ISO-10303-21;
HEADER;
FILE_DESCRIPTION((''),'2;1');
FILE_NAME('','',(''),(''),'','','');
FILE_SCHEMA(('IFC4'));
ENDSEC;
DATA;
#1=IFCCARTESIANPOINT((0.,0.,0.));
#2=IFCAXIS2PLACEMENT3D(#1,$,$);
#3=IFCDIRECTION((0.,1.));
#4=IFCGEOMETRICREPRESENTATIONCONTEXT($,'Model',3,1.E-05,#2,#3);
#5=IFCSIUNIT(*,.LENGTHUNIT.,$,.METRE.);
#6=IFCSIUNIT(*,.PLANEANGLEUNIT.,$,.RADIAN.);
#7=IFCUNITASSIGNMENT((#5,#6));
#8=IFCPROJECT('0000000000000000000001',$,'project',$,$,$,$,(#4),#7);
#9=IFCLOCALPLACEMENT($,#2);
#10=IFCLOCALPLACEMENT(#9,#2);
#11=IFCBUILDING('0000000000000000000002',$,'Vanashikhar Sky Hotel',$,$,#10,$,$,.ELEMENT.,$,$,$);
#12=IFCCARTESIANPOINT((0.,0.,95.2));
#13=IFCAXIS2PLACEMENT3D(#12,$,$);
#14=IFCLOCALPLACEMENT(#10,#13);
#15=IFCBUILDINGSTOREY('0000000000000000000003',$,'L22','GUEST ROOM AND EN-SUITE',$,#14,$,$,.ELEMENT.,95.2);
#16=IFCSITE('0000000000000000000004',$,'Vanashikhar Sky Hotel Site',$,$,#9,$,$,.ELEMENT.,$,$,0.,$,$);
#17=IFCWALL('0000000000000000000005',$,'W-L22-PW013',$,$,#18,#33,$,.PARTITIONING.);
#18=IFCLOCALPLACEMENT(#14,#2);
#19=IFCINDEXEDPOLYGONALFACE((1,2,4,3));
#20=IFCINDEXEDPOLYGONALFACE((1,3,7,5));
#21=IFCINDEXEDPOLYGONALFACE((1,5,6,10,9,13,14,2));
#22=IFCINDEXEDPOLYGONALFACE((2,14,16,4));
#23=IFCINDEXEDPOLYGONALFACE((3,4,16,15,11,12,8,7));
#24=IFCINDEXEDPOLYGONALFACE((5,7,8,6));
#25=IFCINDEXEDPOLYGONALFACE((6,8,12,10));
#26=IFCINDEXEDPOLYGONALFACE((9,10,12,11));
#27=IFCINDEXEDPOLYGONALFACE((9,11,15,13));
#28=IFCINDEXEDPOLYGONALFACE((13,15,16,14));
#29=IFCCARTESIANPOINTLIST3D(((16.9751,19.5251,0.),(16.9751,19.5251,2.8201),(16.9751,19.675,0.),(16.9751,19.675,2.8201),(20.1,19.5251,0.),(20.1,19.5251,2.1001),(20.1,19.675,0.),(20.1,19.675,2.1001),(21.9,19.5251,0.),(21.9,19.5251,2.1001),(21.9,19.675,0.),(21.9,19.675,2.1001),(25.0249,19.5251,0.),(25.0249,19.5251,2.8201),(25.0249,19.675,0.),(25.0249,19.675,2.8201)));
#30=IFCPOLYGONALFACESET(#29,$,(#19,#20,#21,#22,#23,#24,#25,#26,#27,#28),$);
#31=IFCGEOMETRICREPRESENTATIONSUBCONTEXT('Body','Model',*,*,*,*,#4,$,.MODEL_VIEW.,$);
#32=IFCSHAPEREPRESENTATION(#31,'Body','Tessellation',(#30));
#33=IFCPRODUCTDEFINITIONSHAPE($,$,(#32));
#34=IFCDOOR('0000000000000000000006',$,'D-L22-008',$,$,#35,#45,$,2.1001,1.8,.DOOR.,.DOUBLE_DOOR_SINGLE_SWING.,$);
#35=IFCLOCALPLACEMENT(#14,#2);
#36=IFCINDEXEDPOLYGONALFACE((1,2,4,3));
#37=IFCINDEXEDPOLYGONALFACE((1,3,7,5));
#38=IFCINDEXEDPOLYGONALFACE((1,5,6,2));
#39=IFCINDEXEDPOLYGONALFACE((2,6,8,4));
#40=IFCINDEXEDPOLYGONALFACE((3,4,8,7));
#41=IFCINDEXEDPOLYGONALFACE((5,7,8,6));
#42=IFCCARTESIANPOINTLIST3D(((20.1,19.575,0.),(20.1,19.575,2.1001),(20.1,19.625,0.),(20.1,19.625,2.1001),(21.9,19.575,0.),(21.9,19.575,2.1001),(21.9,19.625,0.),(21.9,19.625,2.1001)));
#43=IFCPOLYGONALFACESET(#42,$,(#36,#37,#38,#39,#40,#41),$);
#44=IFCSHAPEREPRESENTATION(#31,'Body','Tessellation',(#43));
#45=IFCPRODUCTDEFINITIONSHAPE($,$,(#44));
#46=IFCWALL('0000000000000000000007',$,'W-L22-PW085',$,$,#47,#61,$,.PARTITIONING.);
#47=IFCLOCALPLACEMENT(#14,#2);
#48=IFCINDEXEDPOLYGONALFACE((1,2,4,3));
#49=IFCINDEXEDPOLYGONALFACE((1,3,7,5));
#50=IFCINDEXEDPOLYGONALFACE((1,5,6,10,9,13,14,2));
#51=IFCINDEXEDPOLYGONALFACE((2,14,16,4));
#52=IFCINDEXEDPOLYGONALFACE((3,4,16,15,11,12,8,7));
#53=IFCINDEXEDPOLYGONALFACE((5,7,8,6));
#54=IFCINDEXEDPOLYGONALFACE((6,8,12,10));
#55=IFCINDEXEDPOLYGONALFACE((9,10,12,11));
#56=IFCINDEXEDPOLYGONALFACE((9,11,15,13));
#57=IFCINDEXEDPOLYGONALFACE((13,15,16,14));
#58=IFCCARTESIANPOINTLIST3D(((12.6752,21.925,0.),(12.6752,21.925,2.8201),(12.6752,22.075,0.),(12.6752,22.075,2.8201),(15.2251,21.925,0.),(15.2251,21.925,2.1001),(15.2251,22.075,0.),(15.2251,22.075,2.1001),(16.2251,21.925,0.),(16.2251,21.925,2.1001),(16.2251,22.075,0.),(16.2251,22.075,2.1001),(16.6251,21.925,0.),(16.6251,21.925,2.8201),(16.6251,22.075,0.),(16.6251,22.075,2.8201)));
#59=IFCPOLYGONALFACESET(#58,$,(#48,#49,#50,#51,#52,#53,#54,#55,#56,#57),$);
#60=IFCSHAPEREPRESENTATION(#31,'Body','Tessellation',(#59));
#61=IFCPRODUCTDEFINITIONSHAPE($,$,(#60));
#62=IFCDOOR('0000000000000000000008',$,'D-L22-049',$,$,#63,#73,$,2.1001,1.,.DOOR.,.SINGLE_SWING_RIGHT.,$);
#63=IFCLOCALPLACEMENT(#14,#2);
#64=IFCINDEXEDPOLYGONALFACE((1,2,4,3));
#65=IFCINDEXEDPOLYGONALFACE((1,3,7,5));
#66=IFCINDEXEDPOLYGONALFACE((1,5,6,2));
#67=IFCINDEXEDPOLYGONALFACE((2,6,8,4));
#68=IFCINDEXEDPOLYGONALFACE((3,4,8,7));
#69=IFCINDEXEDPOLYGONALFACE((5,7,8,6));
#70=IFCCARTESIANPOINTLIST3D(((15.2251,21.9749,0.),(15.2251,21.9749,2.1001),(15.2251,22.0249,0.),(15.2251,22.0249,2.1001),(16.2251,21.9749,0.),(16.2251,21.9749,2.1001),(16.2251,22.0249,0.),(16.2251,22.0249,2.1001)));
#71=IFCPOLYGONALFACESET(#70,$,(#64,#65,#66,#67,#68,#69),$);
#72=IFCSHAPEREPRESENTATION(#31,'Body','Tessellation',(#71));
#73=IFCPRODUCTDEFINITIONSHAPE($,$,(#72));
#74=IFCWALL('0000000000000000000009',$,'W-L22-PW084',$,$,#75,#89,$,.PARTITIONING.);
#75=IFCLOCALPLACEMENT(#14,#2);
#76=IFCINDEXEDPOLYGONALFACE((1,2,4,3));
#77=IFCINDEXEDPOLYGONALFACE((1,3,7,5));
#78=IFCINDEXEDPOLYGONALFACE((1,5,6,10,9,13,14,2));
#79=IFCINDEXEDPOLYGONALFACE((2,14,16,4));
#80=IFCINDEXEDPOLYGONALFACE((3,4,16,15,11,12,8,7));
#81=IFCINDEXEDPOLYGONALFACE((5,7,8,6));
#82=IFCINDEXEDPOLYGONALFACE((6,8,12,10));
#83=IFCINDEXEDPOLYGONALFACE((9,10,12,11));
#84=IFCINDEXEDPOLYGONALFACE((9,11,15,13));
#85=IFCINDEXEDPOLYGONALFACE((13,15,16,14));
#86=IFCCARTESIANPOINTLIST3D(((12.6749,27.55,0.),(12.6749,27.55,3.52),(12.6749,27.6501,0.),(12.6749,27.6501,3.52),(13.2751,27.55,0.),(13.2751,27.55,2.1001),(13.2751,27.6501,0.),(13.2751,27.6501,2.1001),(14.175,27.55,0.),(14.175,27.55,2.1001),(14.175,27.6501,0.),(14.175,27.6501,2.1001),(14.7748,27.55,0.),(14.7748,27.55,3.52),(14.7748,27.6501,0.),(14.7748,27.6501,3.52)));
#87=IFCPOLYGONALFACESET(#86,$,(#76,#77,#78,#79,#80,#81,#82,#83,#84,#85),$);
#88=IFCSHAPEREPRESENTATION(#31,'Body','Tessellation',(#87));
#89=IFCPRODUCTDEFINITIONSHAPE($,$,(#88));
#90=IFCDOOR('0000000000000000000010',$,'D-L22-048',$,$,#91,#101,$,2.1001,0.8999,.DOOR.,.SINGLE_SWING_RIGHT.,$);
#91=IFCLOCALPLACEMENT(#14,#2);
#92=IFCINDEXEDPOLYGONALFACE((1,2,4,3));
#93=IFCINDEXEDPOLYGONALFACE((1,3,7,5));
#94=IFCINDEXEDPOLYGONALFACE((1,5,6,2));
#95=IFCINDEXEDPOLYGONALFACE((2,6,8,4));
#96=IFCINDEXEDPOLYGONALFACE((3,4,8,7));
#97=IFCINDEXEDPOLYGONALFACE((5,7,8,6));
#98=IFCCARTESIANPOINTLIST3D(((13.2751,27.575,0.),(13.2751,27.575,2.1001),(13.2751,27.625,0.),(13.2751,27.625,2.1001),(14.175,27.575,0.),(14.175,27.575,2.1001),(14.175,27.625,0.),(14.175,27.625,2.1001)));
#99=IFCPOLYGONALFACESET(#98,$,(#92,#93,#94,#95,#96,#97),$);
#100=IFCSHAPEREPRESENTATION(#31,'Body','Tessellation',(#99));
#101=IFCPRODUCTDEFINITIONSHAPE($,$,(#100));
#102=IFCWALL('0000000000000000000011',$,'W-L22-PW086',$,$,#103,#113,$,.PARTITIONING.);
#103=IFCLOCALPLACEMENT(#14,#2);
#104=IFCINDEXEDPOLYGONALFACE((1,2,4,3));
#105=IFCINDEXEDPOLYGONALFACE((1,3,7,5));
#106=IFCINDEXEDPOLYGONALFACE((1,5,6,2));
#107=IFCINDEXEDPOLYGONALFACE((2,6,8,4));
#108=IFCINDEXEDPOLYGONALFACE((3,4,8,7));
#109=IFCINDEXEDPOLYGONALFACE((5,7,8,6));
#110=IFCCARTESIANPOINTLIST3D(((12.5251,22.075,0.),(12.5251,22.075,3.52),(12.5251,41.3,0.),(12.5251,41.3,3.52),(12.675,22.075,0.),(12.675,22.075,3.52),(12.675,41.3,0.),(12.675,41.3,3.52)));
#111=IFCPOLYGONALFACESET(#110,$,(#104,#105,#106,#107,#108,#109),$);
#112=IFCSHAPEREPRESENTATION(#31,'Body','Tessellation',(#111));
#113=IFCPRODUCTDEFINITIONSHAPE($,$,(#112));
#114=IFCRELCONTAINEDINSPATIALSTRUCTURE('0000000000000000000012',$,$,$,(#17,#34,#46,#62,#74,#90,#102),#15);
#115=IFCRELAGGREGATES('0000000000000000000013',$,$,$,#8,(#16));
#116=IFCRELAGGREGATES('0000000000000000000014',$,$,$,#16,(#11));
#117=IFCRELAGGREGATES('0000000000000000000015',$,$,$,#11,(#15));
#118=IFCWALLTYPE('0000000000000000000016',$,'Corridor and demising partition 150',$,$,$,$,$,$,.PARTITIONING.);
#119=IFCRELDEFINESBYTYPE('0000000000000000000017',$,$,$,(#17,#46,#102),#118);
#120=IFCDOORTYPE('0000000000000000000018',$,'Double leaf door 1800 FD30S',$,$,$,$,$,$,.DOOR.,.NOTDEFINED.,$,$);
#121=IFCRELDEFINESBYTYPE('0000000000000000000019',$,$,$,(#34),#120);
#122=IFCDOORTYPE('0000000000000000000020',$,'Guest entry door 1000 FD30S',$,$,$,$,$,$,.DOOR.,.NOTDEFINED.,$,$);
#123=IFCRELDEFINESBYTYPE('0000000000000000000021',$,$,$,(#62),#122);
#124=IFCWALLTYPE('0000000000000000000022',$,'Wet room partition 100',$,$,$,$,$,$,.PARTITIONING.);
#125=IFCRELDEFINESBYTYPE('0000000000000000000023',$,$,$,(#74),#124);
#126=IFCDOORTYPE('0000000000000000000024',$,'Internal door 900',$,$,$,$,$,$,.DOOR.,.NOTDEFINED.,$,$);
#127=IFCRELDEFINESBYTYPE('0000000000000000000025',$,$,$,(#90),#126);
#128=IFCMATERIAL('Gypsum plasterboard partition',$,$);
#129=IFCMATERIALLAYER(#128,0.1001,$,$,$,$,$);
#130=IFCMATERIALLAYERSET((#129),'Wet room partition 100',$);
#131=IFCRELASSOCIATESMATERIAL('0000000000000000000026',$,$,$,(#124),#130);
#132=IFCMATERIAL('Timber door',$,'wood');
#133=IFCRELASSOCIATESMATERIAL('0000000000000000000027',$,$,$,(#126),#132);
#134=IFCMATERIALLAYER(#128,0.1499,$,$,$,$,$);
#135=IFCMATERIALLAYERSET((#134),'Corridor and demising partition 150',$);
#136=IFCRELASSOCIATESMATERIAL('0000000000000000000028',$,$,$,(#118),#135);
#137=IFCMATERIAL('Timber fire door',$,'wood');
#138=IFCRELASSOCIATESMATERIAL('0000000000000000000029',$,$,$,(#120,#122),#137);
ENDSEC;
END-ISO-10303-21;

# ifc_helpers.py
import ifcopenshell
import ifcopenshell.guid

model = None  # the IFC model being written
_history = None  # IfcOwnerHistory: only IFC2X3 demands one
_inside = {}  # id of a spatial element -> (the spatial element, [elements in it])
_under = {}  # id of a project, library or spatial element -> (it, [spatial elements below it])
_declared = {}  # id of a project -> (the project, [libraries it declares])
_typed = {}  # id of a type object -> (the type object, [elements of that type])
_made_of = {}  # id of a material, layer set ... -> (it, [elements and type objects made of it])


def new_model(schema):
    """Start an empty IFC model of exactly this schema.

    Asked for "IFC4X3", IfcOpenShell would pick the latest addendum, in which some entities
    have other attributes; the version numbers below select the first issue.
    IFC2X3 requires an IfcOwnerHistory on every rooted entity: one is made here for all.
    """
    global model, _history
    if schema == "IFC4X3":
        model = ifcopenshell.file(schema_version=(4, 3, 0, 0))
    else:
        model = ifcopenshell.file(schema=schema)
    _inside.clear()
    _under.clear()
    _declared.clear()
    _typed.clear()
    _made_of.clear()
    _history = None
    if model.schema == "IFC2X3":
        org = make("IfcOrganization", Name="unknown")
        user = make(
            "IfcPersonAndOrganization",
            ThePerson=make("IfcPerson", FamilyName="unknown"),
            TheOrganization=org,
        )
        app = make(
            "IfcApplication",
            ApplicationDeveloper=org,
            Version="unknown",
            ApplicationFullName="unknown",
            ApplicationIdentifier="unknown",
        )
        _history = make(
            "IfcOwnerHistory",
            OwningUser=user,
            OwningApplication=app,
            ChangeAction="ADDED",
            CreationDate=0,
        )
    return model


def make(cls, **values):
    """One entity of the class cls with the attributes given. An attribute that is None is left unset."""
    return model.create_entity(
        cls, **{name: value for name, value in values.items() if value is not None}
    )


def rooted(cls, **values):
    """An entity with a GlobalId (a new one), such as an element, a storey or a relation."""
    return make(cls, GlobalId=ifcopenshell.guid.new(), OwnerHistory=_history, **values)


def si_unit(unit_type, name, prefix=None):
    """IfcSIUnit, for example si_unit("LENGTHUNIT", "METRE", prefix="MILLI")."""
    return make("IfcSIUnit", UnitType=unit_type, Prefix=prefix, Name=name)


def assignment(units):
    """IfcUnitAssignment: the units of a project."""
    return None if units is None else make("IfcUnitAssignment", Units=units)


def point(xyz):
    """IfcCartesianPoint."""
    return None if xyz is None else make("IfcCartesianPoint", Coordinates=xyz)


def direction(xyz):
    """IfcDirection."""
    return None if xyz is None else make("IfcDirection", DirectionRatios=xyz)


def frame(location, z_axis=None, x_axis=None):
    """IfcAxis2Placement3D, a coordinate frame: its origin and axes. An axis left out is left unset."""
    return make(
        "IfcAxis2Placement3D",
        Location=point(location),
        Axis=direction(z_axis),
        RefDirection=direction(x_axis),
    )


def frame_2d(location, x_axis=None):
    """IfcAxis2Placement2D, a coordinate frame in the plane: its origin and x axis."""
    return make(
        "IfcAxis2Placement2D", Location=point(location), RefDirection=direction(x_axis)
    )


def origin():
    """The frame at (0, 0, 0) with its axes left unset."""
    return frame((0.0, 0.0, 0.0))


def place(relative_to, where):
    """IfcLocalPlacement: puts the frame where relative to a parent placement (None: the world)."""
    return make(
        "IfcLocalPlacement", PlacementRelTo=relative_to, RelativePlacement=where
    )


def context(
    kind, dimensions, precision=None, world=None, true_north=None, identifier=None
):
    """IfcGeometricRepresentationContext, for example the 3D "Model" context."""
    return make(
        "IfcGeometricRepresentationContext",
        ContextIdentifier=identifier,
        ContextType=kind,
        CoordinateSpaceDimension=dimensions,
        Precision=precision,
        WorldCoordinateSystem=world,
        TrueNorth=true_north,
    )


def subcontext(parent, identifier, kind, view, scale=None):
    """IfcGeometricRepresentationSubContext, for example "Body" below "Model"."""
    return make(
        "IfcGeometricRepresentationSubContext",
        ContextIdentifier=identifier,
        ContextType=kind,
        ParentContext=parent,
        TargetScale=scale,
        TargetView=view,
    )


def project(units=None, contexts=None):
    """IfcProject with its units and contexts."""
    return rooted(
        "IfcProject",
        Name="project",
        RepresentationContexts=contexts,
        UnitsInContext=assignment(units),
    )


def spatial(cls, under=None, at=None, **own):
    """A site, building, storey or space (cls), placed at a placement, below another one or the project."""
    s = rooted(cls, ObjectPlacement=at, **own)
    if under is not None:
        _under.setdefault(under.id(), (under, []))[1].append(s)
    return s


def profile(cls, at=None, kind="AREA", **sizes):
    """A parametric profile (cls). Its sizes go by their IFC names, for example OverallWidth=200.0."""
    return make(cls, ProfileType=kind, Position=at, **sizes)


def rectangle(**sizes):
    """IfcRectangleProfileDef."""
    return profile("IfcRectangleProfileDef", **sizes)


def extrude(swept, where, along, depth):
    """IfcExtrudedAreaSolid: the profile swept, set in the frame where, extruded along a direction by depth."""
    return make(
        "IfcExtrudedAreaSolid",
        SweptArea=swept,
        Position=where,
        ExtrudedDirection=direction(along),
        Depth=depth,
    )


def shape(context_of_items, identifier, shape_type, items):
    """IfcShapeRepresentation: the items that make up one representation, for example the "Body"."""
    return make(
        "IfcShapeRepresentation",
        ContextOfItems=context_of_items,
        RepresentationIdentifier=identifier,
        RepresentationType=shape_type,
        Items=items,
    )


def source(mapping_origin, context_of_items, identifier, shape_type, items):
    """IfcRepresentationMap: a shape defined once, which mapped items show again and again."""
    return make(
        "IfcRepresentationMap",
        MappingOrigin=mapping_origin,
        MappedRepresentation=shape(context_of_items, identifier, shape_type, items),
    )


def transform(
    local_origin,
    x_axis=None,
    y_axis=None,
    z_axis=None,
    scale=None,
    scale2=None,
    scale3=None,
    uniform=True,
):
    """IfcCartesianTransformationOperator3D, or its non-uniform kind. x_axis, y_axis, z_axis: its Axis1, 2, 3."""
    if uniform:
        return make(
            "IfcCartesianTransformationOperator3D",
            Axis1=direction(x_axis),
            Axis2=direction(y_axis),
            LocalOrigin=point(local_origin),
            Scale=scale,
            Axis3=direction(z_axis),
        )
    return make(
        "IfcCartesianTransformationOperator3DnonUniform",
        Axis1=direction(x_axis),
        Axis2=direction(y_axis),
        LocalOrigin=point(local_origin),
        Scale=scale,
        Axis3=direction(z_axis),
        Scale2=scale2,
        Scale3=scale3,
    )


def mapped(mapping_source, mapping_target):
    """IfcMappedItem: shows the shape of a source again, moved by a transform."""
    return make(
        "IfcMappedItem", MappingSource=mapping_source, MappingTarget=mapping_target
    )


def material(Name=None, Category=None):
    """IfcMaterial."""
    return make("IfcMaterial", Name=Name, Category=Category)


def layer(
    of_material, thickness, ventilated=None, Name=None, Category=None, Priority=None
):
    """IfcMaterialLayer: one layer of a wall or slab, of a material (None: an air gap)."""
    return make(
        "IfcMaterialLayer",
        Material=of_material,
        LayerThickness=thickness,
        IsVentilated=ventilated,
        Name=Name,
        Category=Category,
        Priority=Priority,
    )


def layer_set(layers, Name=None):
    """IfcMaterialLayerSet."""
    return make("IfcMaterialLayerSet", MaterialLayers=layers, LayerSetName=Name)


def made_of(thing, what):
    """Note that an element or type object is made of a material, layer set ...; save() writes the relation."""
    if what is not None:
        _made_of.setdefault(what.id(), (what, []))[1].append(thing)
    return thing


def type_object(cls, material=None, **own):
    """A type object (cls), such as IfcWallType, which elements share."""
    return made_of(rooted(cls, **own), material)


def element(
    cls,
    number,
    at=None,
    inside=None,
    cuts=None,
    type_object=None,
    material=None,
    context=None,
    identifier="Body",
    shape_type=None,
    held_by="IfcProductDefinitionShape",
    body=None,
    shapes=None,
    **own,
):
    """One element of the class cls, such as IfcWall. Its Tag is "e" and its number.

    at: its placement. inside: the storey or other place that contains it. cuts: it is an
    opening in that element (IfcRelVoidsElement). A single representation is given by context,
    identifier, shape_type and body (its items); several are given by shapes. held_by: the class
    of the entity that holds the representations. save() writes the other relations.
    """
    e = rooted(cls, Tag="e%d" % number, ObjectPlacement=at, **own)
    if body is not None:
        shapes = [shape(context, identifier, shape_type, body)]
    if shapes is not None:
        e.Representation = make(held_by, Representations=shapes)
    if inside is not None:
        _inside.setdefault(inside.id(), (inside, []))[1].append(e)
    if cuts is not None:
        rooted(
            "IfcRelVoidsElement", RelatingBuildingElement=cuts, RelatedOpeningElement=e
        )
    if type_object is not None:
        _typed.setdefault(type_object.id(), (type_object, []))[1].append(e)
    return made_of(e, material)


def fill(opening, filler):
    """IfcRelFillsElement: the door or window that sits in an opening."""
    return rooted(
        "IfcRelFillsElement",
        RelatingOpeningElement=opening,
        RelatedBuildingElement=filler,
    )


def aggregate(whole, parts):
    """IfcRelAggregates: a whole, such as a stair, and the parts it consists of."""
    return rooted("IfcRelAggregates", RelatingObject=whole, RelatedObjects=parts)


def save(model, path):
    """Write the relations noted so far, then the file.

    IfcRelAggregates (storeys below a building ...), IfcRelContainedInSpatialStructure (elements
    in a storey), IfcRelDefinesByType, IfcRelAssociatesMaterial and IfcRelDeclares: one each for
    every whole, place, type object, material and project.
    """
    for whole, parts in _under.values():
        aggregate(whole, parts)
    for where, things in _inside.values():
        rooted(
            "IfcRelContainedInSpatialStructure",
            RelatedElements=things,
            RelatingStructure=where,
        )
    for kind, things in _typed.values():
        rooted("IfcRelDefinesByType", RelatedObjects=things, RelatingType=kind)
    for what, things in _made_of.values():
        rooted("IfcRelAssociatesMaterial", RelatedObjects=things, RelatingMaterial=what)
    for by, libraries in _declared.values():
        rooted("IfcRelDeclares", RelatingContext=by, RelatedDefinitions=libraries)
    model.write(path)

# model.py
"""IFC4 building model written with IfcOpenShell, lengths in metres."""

from ifc_helpers import new_model, si_unit, direction, frame, frame_2d, origin, place, context, subcontext, project, spatial, rectangle, extrude, source, transform, mapped, material, layer, layer_set, type_object, element, fill, save


model = new_model("IFC4")

# Units and contexts
model_context = context("Model", 3, precision=1e-05, world=origin(), true_north=direction((0.0, 1.0)))
body_context = subcontext(model_context, "Body", "Model", "MODEL_VIEW")
ifc_project = project(units=[si_unit("LENGTHUNIT", "METRE"), si_unit("PLANEANGLEUNIT", "RADIAN")], contexts=[model_context])

# Site, building, storey
site_placement = place(None, origin())
site = spatial("IfcSite", under=ifc_project, at=site_placement, Name="Vanashikhar Sky Hotel Site", CompositionType="ELEMENT", RefElevation=0.0)
building_placement = place(site_placement, origin())
building = spatial("IfcBuilding", under=site, at=building_placement, Name="Vanashikhar Sky Hotel", CompositionType="ELEMENT")
storey_placement = place(building_placement, frame((0.0, 0.0, 95.2)))
storey = spatial("IfcBuildingStorey", under=building, at=storey_placement, Name="L22", Description="GUEST ROOM AND EN-SUITE", CompositionType="ELEMENT", Elevation=95.2)

# Shared definitions
ifc_material_1 = material(Name="Gypsum plasterboard partition")
ifc_layer_1 = layer(ifc_material_1, 0.1001)
ifc_layer_set_1 = layer_set([ifc_layer_1], Name="Wet room partition 100")
wall_type_1 = type_object("IfcWallType", Name="Wet room partition 100", PredefinedType="PARTITIONING", material=ifc_layer_set_1)

# Walls, openings, doors
shared_shape_1 = source(origin(), body_context, "Body", "SweptSolid", [
    extrude(rectangle(XDim=0.8999, YDim=2.1001, at=frame_2d((0.45, 1.05))), frame((0.0, 0.0601, 0.0), z_axis=(0.0, -1.0, 0.0), x_axis=(1.0, 0.0, 0.0)), (0.0, 0.0, 1.0), 0.1201),
])
ifc_material_2 = material(Name="Timber door", Category="wood")
door_type_1 = type_object("IfcDoorType", Name="Internal door 900", OperationType="NOTDEFINED", PredefinedType="DOOR", material=ifc_material_2)
shared_shape_2 = source(origin(), body_context, "Body", "SweptSolid", [
    extrude(rectangle(XDim=0.8999, YDim=2.1001, at=frame_2d((0.45, 1.05))), frame((0.0, 0.0249, 0.0), z_axis=(0.0, -1.0, 0.0), x_axis=(1.0, 0.0, 0.0)), (0.0, 0.0, 1.0), 0.05),
])
ifc_layer_2 = layer(ifc_material_1, 0.1499)
ifc_layer_set_2 = layer_set([ifc_layer_2], Name="Corridor and demising partition 150")
wall_type_2 = type_object("IfcWallType", Name="Corridor and demising partition 150", PredefinedType="PARTITIONING", material=ifc_layer_set_2)
shared_shape_3 = source(origin(), body_context, "Body", "SweptSolid", [
    extrude(rectangle(XDim=8.0498, YDim=0.1499, at=frame_2d((4.0249, 0.0))), origin(), (0.0, 0.0, 1.0), 2.8201),
])
wall_1_placement = place(storey_placement, frame((16.9751, 19.6001, 0.0), z_axis=(0.0, 0.0, 1.0), x_axis=(1.0, 0.0, 0.0)))
wall_1 = element("IfcWall", 1, at=wall_1_placement, inside=storey, type_object=wall_type_2, Name="W-L22-PW013", PredefinedType="PARTITIONING", context=body_context, shape_type="MappedRepresentation", body=[
    mapped(shared_shape_3, transform((0.0, 0.0, 0.0), scale=1.0)),
])
shared_shape_4 = source(origin(), body_context, "Body", "SweptSolid", [
    extrude(rectangle(XDim=1.8, YDim=2.1001, at=frame_2d((0.8999, 1.05))), frame((0.0, 0.085, 0.0), z_axis=(0.0, -1.0, 0.0), x_axis=(1.0, 0.0, 0.0)), (0.0, 0.0, 1.0), 0.1699),
])
opening_1_placement = place(wall_1_placement, frame((3.125, 0.0, 0.0)))
opening_1 = element("IfcOpeningElement", 2, at=opening_1_placement, cuts=wall_1, PredefinedType="OPENING", context=body_context, shape_type="MappedRepresentation", body=[
    mapped(shared_shape_4, transform((0.0, 0.0, 0.0), scale=1.0)),
])
ifc_material_3 = material(Name="Timber fire door", Category="wood")
door_type_2 = type_object("IfcDoorType", Name="Double leaf door 1800 FD30S", OperationType="NOTDEFINED", PredefinedType="DOOR", material=ifc_material_3)
shared_shape_5 = source(origin(), body_context, "Body", "SweptSolid", [
    extrude(rectangle(XDim=1.8, YDim=2.1001, at=frame_2d((0.8999, 1.05))), frame((0.0, 0.0249, 0.0), z_axis=(0.0, -1.0, 0.0), x_axis=(1.0, 0.0, 0.0)), (0.0, 0.0, 1.0), 0.05),
])
door_1_placement = place(opening_1_placement, origin())
door_1 = element("IfcDoor", 3, at=door_1_placement, inside=storey, type_object=door_type_2, Name="D-L22-008", OperationType="DOUBLE_DOOR_SINGLE_SWING", OverallHeight=2.1001, OverallWidth=1.8, PredefinedType="DOOR", context=body_context, shape_type="MappedRepresentation", body=[
    mapped(shared_shape_5, transform((0.0, 0.0, 0.0), scale=1.0)),
])
fill(opening_1, door_1)
shared_shape_6 = source(origin(), body_context, "Body", "SweptSolid", [
    extrude(rectangle(XDim=3.95, YDim=0.1499, at=frame_2d((1.9751, 0.0))), origin(), (0.0, 0.0, 1.0), 2.8201),
])
wall_2_placement = place(storey_placement, frame((12.675, 22.0, 0.0), z_axis=(0.0, 0.0, 1.0), x_axis=(1.0, 0.0, 0.0)))
wall_2 = element("IfcWall", 4, at=wall_2_placement, inside=storey, type_object=wall_type_2, Name="W-L22-PW085", PredefinedType="PARTITIONING", context=body_context, shape_type="MappedRepresentation", body=[
    mapped(shared_shape_6, transform((0.0, 0.0, 0.0), scale=1.0)),
])
shared_shape_7 = source(origin(), body_context, "Body", "SweptSolid", [
    extrude(rectangle(XDim=1.0, YDim=2.1001, at=frame_2d((0.5, 1.05))), frame((0.0, 0.085, 0.0), z_axis=(0.0, -1.0, 0.0), x_axis=(1.0, 0.0, 0.0)), (0.0, 0.0, 1.0), 0.1699),
])
opening_2_placement = place(wall_2_placement, frame((2.55, 0.0, 0.0)))
opening_2 = element("IfcOpeningElement", 5, at=opening_2_placement, cuts=wall_2, PredefinedType="OPENING", context=body_context, shape_type="MappedRepresentation", body=[
    mapped(shared_shape_7, transform((0.0, 0.0, 0.0), scale=1.0)),
])
door_type_3 = type_object("IfcDoorType", Name="Guest entry door 1000 FD30S", OperationType="NOTDEFINED", PredefinedType="DOOR", material=ifc_material_3)
shared_shape_8 = source(origin(), body_context, "Body", "SweptSolid", [
    extrude(rectangle(XDim=1.0, YDim=2.1001, at=frame_2d((0.5, 1.05))), frame((0.0, 0.0249, 0.0), z_axis=(0.0, -1.0, 0.0), x_axis=(1.0, 0.0, 0.0)), (0.0, 0.0, 1.0), 0.05),
])
door_2_placement = place(opening_2_placement, origin())
door_2 = element("IfcDoor", 6, at=door_2_placement, inside=storey, type_object=door_type_3, Name="D-L22-049", OperationType="SINGLE_SWING_RIGHT", OverallHeight=2.1001, OverallWidth=1.0, PredefinedType="DOOR", context=body_context, shape_type="MappedRepresentation", body=[
    mapped(shared_shape_8, transform((0.0, 0.0, 0.0), scale=1.0)),
])
fill(opening_2, door_2)
shared_shape_9 = source(origin(), body_context, "Body", "SweptSolid", [
    extrude(rectangle(XDim=2.0999, YDim=0.1001, at=frame_2d((1.0498, 0.0))), origin(), (0.0, 0.0, 1.0), 3.52),
])
wall_3_placement = place(storey_placement, frame((12.675, 27.6001, 0.0), z_axis=(0.0, 0.0, 1.0), x_axis=(1.0, 0.0, 0.0)))
wall_3 = element("IfcWall", 7, at=wall_3_placement, inside=storey, type_object=wall_type_1, Name="W-L22-PW084", PredefinedType="PARTITIONING", context=body_context, shape_type="MappedRepresentation", body=[
    mapped(shared_shape_9, transform((0.0, 0.0, 0.0), scale=1.0)),
])
opening_3_placement = place(wall_3_placement, frame((0.6001, 0.0, 0.0)))
opening_3 = element("IfcOpeningElement", 8, at=opening_3_placement, cuts=wall_3, PredefinedType="OPENING", context=body_context, shape_type="MappedRepresentation", body=[
    mapped(shared_shape_1, transform((0.0, 0.0, 0.0), scale=1.0)),
])
door_3_placement = place(opening_3_placement, origin())
door_3 = element("IfcDoor", 9, at=door_3_placement, inside=storey, type_object=door_type_1, Name="D-L22-048", OperationType="SINGLE_SWING_RIGHT", OverallHeight=2.1001, OverallWidth=0.8999, PredefinedType="DOOR", context=body_context, shape_type="MappedRepresentation", body=[
    mapped(shared_shape_2, transform((0.0, 0.0, 0.0), scale=1.0)),
])
fill(opening_3, door_3)

# Wall
shared_shape_10 = source(origin(), body_context, "Body", "SweptSolid", [
    extrude(rectangle(XDim=19.2251, YDim=0.1499, at=frame_2d((9.6125, 0.0))), origin(), (0.0, 0.0, 1.0), 3.52),
])
wall_4_placement = place(storey_placement, frame((12.6001, 22.075, 0.0), z_axis=(0.0, 0.0, 1.0), x_axis=(0.0, 1.0, 0.0)))
element("IfcWall", 10, at=wall_4_placement, inside=storey, type_object=wall_type_2, Name="W-L22-PW086", PredefinedType="PARTITIONING", context=body_context, shape_type="MappedRepresentation", body=[
    mapped(shared_shape_10, transform((0.0, 0.0, 0.0), scale=1.0)),
])

save(model, "model.ifc")
